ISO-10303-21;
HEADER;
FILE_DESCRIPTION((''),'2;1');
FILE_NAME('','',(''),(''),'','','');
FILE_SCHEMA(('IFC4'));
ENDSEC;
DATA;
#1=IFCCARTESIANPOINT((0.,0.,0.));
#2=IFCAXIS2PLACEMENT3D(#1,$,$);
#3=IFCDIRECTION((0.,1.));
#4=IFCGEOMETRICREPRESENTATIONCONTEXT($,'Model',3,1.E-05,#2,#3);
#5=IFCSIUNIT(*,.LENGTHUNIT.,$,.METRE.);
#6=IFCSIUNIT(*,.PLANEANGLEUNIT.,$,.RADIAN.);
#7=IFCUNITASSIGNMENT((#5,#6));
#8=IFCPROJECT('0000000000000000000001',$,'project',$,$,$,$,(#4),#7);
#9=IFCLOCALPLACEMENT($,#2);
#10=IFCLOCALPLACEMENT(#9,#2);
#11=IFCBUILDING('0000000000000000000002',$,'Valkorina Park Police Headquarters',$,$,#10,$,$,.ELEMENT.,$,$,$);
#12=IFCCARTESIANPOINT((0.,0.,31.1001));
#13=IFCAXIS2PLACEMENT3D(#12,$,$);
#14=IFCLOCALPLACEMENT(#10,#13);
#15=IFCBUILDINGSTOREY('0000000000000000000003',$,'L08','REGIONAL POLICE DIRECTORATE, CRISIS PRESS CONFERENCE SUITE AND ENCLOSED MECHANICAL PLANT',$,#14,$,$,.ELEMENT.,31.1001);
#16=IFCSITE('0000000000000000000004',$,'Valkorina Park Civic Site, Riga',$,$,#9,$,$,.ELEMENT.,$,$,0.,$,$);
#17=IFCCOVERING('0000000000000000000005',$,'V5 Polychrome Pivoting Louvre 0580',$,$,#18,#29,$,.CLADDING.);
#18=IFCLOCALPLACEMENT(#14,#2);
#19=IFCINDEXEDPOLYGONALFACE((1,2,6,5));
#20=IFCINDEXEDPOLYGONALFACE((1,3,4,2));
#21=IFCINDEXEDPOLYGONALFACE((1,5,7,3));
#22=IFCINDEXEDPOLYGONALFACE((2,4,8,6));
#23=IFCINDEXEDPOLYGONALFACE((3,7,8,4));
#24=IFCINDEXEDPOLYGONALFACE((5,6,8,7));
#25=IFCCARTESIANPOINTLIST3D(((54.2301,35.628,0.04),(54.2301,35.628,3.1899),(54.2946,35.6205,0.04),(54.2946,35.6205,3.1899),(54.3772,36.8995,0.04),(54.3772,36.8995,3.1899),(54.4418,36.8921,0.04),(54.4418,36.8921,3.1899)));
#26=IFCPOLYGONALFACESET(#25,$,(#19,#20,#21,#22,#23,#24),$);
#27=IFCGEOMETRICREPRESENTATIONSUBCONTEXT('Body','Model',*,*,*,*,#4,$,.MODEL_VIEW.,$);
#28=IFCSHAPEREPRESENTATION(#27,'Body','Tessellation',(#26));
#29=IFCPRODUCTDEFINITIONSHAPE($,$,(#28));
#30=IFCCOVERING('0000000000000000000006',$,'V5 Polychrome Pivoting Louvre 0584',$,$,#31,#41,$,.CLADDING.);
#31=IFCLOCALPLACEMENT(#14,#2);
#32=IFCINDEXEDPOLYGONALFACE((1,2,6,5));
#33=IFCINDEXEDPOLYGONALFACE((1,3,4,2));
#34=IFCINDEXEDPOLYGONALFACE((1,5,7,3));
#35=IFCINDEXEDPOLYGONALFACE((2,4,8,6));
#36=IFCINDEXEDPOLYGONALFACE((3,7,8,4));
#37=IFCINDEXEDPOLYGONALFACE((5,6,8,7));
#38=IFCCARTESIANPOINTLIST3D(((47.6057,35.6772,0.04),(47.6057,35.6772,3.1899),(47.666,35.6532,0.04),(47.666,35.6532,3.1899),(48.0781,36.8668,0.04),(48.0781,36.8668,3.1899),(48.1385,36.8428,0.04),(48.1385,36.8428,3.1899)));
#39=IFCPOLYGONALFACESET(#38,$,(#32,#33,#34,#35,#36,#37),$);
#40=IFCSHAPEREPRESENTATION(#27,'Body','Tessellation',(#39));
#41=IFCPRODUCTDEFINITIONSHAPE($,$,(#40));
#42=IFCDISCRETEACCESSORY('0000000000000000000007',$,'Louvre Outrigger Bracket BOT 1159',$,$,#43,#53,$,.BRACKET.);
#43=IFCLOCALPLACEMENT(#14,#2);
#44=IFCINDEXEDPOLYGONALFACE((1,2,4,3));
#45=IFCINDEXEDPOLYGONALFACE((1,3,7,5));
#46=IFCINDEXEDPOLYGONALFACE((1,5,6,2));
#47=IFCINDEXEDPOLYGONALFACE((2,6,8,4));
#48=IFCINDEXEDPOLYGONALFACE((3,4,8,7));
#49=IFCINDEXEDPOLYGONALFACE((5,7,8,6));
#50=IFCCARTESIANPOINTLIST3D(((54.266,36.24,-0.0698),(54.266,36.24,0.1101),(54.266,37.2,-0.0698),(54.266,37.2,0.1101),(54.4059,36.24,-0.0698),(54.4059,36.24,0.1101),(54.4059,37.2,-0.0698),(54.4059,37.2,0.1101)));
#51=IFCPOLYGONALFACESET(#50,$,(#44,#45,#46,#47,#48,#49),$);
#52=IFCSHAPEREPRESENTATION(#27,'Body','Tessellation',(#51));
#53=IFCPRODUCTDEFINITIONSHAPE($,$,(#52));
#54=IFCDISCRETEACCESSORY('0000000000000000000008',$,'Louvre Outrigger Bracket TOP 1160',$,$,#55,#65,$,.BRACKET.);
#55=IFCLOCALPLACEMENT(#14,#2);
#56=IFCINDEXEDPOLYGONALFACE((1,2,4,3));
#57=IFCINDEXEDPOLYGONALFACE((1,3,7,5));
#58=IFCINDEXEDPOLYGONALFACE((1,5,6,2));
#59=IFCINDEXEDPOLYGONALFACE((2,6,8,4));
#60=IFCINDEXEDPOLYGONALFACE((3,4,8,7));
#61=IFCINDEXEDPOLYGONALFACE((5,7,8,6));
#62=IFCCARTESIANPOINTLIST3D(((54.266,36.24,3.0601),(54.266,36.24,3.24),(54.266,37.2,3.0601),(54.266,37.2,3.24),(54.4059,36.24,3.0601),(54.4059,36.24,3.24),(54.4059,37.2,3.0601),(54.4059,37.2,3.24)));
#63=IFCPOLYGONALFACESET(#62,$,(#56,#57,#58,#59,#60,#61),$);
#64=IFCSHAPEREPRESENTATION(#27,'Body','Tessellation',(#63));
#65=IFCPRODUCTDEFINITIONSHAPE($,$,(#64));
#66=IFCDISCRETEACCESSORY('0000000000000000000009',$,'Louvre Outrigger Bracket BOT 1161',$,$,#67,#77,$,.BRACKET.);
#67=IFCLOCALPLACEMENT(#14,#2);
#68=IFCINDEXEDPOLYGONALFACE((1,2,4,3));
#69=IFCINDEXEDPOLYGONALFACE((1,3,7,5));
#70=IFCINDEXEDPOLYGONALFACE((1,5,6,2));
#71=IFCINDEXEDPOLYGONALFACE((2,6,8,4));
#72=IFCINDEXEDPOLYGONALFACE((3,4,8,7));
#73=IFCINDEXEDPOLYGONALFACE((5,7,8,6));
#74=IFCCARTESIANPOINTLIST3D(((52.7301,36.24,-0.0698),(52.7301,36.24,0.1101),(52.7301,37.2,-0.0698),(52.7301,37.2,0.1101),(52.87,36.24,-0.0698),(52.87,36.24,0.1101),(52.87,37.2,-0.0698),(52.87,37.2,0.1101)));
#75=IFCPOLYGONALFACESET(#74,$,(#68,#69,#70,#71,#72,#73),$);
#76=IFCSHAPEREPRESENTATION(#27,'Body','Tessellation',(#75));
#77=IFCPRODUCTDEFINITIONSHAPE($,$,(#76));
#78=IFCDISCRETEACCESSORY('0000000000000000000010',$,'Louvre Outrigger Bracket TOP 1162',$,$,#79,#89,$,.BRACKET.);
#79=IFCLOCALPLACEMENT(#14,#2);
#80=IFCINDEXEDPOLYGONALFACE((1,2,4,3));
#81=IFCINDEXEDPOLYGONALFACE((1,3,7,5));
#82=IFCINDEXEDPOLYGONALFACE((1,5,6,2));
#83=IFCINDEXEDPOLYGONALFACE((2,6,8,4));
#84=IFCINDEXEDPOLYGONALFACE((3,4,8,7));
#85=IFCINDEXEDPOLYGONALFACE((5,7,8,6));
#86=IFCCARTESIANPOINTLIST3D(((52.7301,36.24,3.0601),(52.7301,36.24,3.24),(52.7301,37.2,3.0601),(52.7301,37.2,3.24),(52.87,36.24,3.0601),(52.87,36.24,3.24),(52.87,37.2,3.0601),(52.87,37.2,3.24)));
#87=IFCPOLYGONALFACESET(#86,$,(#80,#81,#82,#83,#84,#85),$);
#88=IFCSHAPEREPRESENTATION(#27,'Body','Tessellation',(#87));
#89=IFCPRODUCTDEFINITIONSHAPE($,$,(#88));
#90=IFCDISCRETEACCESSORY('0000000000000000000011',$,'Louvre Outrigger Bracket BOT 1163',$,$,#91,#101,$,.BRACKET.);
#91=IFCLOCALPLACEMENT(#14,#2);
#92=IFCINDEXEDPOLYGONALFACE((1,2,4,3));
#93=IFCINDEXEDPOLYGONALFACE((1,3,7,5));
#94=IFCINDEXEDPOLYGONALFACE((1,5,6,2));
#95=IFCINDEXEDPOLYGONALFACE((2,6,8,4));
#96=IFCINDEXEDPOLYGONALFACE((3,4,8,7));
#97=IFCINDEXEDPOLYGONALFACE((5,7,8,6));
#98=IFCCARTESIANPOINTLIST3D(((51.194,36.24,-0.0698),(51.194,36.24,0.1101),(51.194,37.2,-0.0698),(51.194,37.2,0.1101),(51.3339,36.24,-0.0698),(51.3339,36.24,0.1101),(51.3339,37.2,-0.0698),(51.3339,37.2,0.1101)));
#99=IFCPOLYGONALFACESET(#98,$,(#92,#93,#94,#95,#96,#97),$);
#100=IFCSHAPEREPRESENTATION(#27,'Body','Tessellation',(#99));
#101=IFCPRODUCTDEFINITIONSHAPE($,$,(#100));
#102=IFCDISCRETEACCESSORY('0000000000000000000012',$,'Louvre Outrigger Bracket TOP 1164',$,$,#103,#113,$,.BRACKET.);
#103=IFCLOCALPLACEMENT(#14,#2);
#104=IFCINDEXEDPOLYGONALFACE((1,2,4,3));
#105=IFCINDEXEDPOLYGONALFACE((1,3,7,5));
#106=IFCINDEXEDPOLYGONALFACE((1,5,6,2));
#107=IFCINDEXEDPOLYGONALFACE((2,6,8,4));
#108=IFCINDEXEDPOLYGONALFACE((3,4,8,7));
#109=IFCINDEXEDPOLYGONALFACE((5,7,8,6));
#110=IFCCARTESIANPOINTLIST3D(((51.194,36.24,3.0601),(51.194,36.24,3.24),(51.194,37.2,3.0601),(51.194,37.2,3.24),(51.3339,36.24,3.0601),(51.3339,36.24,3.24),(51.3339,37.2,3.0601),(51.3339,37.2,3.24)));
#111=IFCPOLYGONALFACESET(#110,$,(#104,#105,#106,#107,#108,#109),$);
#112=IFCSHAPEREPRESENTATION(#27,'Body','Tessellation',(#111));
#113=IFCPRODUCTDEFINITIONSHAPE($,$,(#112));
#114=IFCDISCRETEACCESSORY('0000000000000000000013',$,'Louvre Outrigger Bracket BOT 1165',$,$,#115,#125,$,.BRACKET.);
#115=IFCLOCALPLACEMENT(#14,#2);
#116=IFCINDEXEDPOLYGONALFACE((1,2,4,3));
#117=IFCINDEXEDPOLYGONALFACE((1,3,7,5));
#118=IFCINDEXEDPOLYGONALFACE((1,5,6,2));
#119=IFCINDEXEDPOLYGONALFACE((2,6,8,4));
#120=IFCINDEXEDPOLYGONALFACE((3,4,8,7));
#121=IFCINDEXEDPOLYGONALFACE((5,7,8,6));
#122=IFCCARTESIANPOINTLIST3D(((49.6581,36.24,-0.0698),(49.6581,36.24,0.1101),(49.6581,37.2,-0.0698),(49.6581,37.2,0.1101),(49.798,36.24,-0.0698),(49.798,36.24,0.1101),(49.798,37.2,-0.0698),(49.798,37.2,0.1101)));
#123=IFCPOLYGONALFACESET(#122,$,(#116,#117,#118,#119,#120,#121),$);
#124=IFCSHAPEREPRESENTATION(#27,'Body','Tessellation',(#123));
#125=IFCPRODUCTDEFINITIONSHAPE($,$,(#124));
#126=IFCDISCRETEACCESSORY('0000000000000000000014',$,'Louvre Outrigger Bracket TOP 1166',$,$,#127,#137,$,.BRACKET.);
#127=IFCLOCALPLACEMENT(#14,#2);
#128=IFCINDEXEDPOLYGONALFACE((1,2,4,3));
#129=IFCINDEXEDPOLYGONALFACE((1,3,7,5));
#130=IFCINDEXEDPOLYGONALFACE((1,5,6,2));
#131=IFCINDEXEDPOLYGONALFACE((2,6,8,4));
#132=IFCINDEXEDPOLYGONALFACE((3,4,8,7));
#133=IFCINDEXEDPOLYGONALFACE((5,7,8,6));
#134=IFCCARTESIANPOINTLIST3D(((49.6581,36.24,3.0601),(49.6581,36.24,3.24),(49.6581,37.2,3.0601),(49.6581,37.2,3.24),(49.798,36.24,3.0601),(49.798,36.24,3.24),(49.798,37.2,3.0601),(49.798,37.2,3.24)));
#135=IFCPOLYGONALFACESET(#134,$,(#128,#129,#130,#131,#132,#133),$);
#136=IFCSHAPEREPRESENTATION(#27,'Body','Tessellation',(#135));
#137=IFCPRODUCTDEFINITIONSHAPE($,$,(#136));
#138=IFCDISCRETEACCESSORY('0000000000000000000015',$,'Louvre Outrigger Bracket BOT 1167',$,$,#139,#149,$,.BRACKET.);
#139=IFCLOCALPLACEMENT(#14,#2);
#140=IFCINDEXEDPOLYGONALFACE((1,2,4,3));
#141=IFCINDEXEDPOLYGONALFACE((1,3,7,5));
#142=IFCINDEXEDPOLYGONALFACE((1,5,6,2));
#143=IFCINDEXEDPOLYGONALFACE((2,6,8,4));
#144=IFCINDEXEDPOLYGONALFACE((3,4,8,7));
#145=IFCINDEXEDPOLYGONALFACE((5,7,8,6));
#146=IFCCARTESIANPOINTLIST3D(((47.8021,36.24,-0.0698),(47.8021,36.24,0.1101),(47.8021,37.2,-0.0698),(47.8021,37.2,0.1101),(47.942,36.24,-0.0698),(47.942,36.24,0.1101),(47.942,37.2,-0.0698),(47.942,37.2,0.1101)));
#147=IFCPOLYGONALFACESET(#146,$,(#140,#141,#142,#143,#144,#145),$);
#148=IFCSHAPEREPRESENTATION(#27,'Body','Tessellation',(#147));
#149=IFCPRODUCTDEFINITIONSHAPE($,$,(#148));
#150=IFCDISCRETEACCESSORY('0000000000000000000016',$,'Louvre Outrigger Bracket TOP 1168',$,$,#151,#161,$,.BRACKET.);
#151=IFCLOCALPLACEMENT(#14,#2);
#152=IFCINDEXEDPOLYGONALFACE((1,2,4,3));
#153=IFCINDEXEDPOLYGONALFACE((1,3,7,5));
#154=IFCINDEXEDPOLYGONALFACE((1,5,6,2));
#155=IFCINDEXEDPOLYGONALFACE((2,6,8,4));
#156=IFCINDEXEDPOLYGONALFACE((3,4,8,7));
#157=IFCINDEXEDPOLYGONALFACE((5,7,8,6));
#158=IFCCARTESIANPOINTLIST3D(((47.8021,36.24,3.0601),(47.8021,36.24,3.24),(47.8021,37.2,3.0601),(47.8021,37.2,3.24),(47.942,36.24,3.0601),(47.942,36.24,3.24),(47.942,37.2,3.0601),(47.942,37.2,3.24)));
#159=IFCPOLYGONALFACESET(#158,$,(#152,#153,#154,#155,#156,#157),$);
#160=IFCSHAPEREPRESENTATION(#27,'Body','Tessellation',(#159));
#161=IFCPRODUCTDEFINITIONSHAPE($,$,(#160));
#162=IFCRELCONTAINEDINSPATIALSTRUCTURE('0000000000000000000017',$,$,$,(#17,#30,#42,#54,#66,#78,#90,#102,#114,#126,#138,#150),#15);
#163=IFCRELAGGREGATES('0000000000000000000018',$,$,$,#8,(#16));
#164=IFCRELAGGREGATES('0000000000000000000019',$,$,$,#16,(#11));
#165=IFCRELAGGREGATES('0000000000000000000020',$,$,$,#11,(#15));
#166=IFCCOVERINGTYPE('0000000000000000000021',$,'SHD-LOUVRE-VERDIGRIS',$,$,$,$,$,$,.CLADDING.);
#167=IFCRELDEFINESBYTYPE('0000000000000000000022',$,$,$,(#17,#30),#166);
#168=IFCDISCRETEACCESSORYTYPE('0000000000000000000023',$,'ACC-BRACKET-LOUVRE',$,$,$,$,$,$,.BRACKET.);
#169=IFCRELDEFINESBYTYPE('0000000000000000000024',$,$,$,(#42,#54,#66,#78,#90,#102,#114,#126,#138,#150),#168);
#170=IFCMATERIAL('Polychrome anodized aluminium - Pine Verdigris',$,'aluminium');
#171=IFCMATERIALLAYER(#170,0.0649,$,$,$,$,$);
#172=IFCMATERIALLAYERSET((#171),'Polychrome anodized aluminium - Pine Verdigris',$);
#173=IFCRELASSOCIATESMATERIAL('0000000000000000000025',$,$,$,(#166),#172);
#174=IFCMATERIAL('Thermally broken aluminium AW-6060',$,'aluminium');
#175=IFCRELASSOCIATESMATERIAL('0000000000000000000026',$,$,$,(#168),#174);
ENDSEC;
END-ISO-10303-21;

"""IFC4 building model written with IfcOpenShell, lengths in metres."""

from ifc_helpers import new_model, si_unit, direction, frame, origin, origin_2d, place, context, subcontext, project, spatial, rectangle, extrude, material, layer, layer_set, type_object, element, save


model = new_model("IFC4")

# Units and contexts
model_context = context("Model", 3, precision=1e-05, world=origin(), true_north=direction((0.0, 1.0)))
body_context = subcontext(model_context, "Body", "Model", "MODEL_VIEW")
ifc_project = project(units=[si_unit("LENGTHUNIT", "METRE"), si_unit("PLANEANGLEUNIT", "RADIAN")], contexts=[model_context])

# Site, building, storey
site_placement = place(None, origin())
site = spatial("IfcSite", under=ifc_project, at=site_placement, Name="Valkorina Park Civic Site, Riga", CompositionType="ELEMENT", RefElevation=0.0)
building_placement = place(site_placement, origin())
building = spatial("IfcBuilding", under=site, at=building_placement, Name="Valkorina Park Police Headquarters", CompositionType="ELEMENT")
storey_placement = place(building_placement, frame((0.0, 0.0, 31.1001)))
storey = spatial("IfcBuildingStorey", under=building, at=storey_placement, Name="L08", Description="REGIONAL POLICE DIRECTORATE, CRISIS PRESS CONFERENCE SUITE AND ENCLOSED MECHANICAL PLANT", CompositionType="ELEMENT", Elevation=31.1001)

# Shared definitions
ifc_material_1 = material(Name="Thermally broken aluminium AW-6060", Category="aluminium")

# Coverings
ifc_material_2 = material(Name="Polychrome anodized aluminium - Pine Verdigris", Category="aluminium")
ifc_layer_1 = layer(ifc_material_2, 0.0649)
ifc_layer_set_1 = layer_set([ifc_layer_1], Name="Polychrome anodized aluminium - Pine Verdigris")
covering_type_1 = type_object("IfcCoveringType", Name="SHD-LOUVRE-VERDIGRIS", PredefinedType="CLADDING", material=ifc_layer_set_1)
for number, where, z_axis, x_axis, name in (
    (1, (54.3359, 36.26, 0.04), (0.0, 0.0, 1.0), (-0.114937, -0.993373, 0.0), "V5 Polychrome Pivoting Louvre 0580"),
    (2, (47.8721, 36.26, 0.04), (0.0, 0.0, 1.0), (-0.369098, -0.92939, 0.0), "V5 Polychrome Pivoting Louvre 0584"),
):
    element("IfcCovering", number, at=place(storey_placement, frame(where, z_axis=z_axis, x_axis=x_axis)), inside=storey, type_object=covering_type_1, Name=name, PredefinedType="CLADDING", context=body_context, shape_type="SweptSolid", body=[
        extrude(rectangle(XDim=1.28, YDim=0.0649, at=origin_2d()), origin(), (0.0, 0.0, 1.0), 3.1499),
    ])

# Discrete accessories
discrete_accessory_type = type_object("IfcDiscreteAccessoryType", Name="ACC-BRACKET-LOUVRE", PredefinedType="BRACKET", material=ifc_material_1)
for number, where, z_axis, x_axis, name in (
    (3, (54.3359, 36.72, -0.0698), (0.0, 0.0, 1.0), (0.0, -1.0, 0.0), "Louvre Outrigger Bracket BOT 1159"),
    (4, (54.3359, 36.72, 3.0601), (0.0, 0.0, 1.0), (0.0, -1.0, 0.0), "Louvre Outrigger Bracket TOP 1160"),
    (5, (52.8, 36.72, -0.0698), (0.0, 0.0, 1.0), (0.0, -1.0, 0.0), "Louvre Outrigger Bracket BOT 1161"),
    (6, (52.8, 36.72, 3.0601), (0.0, 0.0, 1.0), (0.0, -1.0, 0.0), "Louvre Outrigger Bracket TOP 1162"),
    (7, (51.2639, 36.72, -0.0698), (0.0, 0.0, 1.0), (0.0, -1.0, 0.0), "Louvre Outrigger Bracket BOT 1163"),
    (8, (51.2639, 36.72, 3.0601), (0.0, 0.0, 1.0), (0.0, -1.0, 0.0), "Louvre Outrigger Bracket TOP 1164"),
    (9, (49.728, 36.72, -0.0698), (0.0, 0.0, 1.0), (0.0, -1.0, 0.0), "Louvre Outrigger Bracket BOT 1165"),
    (10, (49.728, 36.72, 3.0601), (0.0, 0.0, 1.0), (0.0, -1.0, 0.0), "Louvre Outrigger Bracket TOP 1166"),
    (11, (47.8721, 36.72, -0.0698), (0.0, 0.0, 1.0), (0.0, -1.0, 0.0), "Louvre Outrigger Bracket BOT 1167"),
    (12, (47.8721, 36.72, 3.0601), (0.0, 0.0, 1.0), (0.0, -1.0, 0.0), "Louvre Outrigger Bracket TOP 1168"),
):
    element("IfcDiscreteAccessory", number, at=place(storey_placement, frame(where, z_axis=z_axis, x_axis=x_axis)), inside=storey, type_object=discrete_accessory_type, Name=name, PredefinedType="BRACKET", context=body_context, shape_type="SweptSolid", body=[
        extrude(rectangle(XDim=0.96, YDim=0.1399, at=origin_2d()), origin(), (0.0, 0.0, 1.0), 0.1799),
    ])

save(model, "model.ifc")
